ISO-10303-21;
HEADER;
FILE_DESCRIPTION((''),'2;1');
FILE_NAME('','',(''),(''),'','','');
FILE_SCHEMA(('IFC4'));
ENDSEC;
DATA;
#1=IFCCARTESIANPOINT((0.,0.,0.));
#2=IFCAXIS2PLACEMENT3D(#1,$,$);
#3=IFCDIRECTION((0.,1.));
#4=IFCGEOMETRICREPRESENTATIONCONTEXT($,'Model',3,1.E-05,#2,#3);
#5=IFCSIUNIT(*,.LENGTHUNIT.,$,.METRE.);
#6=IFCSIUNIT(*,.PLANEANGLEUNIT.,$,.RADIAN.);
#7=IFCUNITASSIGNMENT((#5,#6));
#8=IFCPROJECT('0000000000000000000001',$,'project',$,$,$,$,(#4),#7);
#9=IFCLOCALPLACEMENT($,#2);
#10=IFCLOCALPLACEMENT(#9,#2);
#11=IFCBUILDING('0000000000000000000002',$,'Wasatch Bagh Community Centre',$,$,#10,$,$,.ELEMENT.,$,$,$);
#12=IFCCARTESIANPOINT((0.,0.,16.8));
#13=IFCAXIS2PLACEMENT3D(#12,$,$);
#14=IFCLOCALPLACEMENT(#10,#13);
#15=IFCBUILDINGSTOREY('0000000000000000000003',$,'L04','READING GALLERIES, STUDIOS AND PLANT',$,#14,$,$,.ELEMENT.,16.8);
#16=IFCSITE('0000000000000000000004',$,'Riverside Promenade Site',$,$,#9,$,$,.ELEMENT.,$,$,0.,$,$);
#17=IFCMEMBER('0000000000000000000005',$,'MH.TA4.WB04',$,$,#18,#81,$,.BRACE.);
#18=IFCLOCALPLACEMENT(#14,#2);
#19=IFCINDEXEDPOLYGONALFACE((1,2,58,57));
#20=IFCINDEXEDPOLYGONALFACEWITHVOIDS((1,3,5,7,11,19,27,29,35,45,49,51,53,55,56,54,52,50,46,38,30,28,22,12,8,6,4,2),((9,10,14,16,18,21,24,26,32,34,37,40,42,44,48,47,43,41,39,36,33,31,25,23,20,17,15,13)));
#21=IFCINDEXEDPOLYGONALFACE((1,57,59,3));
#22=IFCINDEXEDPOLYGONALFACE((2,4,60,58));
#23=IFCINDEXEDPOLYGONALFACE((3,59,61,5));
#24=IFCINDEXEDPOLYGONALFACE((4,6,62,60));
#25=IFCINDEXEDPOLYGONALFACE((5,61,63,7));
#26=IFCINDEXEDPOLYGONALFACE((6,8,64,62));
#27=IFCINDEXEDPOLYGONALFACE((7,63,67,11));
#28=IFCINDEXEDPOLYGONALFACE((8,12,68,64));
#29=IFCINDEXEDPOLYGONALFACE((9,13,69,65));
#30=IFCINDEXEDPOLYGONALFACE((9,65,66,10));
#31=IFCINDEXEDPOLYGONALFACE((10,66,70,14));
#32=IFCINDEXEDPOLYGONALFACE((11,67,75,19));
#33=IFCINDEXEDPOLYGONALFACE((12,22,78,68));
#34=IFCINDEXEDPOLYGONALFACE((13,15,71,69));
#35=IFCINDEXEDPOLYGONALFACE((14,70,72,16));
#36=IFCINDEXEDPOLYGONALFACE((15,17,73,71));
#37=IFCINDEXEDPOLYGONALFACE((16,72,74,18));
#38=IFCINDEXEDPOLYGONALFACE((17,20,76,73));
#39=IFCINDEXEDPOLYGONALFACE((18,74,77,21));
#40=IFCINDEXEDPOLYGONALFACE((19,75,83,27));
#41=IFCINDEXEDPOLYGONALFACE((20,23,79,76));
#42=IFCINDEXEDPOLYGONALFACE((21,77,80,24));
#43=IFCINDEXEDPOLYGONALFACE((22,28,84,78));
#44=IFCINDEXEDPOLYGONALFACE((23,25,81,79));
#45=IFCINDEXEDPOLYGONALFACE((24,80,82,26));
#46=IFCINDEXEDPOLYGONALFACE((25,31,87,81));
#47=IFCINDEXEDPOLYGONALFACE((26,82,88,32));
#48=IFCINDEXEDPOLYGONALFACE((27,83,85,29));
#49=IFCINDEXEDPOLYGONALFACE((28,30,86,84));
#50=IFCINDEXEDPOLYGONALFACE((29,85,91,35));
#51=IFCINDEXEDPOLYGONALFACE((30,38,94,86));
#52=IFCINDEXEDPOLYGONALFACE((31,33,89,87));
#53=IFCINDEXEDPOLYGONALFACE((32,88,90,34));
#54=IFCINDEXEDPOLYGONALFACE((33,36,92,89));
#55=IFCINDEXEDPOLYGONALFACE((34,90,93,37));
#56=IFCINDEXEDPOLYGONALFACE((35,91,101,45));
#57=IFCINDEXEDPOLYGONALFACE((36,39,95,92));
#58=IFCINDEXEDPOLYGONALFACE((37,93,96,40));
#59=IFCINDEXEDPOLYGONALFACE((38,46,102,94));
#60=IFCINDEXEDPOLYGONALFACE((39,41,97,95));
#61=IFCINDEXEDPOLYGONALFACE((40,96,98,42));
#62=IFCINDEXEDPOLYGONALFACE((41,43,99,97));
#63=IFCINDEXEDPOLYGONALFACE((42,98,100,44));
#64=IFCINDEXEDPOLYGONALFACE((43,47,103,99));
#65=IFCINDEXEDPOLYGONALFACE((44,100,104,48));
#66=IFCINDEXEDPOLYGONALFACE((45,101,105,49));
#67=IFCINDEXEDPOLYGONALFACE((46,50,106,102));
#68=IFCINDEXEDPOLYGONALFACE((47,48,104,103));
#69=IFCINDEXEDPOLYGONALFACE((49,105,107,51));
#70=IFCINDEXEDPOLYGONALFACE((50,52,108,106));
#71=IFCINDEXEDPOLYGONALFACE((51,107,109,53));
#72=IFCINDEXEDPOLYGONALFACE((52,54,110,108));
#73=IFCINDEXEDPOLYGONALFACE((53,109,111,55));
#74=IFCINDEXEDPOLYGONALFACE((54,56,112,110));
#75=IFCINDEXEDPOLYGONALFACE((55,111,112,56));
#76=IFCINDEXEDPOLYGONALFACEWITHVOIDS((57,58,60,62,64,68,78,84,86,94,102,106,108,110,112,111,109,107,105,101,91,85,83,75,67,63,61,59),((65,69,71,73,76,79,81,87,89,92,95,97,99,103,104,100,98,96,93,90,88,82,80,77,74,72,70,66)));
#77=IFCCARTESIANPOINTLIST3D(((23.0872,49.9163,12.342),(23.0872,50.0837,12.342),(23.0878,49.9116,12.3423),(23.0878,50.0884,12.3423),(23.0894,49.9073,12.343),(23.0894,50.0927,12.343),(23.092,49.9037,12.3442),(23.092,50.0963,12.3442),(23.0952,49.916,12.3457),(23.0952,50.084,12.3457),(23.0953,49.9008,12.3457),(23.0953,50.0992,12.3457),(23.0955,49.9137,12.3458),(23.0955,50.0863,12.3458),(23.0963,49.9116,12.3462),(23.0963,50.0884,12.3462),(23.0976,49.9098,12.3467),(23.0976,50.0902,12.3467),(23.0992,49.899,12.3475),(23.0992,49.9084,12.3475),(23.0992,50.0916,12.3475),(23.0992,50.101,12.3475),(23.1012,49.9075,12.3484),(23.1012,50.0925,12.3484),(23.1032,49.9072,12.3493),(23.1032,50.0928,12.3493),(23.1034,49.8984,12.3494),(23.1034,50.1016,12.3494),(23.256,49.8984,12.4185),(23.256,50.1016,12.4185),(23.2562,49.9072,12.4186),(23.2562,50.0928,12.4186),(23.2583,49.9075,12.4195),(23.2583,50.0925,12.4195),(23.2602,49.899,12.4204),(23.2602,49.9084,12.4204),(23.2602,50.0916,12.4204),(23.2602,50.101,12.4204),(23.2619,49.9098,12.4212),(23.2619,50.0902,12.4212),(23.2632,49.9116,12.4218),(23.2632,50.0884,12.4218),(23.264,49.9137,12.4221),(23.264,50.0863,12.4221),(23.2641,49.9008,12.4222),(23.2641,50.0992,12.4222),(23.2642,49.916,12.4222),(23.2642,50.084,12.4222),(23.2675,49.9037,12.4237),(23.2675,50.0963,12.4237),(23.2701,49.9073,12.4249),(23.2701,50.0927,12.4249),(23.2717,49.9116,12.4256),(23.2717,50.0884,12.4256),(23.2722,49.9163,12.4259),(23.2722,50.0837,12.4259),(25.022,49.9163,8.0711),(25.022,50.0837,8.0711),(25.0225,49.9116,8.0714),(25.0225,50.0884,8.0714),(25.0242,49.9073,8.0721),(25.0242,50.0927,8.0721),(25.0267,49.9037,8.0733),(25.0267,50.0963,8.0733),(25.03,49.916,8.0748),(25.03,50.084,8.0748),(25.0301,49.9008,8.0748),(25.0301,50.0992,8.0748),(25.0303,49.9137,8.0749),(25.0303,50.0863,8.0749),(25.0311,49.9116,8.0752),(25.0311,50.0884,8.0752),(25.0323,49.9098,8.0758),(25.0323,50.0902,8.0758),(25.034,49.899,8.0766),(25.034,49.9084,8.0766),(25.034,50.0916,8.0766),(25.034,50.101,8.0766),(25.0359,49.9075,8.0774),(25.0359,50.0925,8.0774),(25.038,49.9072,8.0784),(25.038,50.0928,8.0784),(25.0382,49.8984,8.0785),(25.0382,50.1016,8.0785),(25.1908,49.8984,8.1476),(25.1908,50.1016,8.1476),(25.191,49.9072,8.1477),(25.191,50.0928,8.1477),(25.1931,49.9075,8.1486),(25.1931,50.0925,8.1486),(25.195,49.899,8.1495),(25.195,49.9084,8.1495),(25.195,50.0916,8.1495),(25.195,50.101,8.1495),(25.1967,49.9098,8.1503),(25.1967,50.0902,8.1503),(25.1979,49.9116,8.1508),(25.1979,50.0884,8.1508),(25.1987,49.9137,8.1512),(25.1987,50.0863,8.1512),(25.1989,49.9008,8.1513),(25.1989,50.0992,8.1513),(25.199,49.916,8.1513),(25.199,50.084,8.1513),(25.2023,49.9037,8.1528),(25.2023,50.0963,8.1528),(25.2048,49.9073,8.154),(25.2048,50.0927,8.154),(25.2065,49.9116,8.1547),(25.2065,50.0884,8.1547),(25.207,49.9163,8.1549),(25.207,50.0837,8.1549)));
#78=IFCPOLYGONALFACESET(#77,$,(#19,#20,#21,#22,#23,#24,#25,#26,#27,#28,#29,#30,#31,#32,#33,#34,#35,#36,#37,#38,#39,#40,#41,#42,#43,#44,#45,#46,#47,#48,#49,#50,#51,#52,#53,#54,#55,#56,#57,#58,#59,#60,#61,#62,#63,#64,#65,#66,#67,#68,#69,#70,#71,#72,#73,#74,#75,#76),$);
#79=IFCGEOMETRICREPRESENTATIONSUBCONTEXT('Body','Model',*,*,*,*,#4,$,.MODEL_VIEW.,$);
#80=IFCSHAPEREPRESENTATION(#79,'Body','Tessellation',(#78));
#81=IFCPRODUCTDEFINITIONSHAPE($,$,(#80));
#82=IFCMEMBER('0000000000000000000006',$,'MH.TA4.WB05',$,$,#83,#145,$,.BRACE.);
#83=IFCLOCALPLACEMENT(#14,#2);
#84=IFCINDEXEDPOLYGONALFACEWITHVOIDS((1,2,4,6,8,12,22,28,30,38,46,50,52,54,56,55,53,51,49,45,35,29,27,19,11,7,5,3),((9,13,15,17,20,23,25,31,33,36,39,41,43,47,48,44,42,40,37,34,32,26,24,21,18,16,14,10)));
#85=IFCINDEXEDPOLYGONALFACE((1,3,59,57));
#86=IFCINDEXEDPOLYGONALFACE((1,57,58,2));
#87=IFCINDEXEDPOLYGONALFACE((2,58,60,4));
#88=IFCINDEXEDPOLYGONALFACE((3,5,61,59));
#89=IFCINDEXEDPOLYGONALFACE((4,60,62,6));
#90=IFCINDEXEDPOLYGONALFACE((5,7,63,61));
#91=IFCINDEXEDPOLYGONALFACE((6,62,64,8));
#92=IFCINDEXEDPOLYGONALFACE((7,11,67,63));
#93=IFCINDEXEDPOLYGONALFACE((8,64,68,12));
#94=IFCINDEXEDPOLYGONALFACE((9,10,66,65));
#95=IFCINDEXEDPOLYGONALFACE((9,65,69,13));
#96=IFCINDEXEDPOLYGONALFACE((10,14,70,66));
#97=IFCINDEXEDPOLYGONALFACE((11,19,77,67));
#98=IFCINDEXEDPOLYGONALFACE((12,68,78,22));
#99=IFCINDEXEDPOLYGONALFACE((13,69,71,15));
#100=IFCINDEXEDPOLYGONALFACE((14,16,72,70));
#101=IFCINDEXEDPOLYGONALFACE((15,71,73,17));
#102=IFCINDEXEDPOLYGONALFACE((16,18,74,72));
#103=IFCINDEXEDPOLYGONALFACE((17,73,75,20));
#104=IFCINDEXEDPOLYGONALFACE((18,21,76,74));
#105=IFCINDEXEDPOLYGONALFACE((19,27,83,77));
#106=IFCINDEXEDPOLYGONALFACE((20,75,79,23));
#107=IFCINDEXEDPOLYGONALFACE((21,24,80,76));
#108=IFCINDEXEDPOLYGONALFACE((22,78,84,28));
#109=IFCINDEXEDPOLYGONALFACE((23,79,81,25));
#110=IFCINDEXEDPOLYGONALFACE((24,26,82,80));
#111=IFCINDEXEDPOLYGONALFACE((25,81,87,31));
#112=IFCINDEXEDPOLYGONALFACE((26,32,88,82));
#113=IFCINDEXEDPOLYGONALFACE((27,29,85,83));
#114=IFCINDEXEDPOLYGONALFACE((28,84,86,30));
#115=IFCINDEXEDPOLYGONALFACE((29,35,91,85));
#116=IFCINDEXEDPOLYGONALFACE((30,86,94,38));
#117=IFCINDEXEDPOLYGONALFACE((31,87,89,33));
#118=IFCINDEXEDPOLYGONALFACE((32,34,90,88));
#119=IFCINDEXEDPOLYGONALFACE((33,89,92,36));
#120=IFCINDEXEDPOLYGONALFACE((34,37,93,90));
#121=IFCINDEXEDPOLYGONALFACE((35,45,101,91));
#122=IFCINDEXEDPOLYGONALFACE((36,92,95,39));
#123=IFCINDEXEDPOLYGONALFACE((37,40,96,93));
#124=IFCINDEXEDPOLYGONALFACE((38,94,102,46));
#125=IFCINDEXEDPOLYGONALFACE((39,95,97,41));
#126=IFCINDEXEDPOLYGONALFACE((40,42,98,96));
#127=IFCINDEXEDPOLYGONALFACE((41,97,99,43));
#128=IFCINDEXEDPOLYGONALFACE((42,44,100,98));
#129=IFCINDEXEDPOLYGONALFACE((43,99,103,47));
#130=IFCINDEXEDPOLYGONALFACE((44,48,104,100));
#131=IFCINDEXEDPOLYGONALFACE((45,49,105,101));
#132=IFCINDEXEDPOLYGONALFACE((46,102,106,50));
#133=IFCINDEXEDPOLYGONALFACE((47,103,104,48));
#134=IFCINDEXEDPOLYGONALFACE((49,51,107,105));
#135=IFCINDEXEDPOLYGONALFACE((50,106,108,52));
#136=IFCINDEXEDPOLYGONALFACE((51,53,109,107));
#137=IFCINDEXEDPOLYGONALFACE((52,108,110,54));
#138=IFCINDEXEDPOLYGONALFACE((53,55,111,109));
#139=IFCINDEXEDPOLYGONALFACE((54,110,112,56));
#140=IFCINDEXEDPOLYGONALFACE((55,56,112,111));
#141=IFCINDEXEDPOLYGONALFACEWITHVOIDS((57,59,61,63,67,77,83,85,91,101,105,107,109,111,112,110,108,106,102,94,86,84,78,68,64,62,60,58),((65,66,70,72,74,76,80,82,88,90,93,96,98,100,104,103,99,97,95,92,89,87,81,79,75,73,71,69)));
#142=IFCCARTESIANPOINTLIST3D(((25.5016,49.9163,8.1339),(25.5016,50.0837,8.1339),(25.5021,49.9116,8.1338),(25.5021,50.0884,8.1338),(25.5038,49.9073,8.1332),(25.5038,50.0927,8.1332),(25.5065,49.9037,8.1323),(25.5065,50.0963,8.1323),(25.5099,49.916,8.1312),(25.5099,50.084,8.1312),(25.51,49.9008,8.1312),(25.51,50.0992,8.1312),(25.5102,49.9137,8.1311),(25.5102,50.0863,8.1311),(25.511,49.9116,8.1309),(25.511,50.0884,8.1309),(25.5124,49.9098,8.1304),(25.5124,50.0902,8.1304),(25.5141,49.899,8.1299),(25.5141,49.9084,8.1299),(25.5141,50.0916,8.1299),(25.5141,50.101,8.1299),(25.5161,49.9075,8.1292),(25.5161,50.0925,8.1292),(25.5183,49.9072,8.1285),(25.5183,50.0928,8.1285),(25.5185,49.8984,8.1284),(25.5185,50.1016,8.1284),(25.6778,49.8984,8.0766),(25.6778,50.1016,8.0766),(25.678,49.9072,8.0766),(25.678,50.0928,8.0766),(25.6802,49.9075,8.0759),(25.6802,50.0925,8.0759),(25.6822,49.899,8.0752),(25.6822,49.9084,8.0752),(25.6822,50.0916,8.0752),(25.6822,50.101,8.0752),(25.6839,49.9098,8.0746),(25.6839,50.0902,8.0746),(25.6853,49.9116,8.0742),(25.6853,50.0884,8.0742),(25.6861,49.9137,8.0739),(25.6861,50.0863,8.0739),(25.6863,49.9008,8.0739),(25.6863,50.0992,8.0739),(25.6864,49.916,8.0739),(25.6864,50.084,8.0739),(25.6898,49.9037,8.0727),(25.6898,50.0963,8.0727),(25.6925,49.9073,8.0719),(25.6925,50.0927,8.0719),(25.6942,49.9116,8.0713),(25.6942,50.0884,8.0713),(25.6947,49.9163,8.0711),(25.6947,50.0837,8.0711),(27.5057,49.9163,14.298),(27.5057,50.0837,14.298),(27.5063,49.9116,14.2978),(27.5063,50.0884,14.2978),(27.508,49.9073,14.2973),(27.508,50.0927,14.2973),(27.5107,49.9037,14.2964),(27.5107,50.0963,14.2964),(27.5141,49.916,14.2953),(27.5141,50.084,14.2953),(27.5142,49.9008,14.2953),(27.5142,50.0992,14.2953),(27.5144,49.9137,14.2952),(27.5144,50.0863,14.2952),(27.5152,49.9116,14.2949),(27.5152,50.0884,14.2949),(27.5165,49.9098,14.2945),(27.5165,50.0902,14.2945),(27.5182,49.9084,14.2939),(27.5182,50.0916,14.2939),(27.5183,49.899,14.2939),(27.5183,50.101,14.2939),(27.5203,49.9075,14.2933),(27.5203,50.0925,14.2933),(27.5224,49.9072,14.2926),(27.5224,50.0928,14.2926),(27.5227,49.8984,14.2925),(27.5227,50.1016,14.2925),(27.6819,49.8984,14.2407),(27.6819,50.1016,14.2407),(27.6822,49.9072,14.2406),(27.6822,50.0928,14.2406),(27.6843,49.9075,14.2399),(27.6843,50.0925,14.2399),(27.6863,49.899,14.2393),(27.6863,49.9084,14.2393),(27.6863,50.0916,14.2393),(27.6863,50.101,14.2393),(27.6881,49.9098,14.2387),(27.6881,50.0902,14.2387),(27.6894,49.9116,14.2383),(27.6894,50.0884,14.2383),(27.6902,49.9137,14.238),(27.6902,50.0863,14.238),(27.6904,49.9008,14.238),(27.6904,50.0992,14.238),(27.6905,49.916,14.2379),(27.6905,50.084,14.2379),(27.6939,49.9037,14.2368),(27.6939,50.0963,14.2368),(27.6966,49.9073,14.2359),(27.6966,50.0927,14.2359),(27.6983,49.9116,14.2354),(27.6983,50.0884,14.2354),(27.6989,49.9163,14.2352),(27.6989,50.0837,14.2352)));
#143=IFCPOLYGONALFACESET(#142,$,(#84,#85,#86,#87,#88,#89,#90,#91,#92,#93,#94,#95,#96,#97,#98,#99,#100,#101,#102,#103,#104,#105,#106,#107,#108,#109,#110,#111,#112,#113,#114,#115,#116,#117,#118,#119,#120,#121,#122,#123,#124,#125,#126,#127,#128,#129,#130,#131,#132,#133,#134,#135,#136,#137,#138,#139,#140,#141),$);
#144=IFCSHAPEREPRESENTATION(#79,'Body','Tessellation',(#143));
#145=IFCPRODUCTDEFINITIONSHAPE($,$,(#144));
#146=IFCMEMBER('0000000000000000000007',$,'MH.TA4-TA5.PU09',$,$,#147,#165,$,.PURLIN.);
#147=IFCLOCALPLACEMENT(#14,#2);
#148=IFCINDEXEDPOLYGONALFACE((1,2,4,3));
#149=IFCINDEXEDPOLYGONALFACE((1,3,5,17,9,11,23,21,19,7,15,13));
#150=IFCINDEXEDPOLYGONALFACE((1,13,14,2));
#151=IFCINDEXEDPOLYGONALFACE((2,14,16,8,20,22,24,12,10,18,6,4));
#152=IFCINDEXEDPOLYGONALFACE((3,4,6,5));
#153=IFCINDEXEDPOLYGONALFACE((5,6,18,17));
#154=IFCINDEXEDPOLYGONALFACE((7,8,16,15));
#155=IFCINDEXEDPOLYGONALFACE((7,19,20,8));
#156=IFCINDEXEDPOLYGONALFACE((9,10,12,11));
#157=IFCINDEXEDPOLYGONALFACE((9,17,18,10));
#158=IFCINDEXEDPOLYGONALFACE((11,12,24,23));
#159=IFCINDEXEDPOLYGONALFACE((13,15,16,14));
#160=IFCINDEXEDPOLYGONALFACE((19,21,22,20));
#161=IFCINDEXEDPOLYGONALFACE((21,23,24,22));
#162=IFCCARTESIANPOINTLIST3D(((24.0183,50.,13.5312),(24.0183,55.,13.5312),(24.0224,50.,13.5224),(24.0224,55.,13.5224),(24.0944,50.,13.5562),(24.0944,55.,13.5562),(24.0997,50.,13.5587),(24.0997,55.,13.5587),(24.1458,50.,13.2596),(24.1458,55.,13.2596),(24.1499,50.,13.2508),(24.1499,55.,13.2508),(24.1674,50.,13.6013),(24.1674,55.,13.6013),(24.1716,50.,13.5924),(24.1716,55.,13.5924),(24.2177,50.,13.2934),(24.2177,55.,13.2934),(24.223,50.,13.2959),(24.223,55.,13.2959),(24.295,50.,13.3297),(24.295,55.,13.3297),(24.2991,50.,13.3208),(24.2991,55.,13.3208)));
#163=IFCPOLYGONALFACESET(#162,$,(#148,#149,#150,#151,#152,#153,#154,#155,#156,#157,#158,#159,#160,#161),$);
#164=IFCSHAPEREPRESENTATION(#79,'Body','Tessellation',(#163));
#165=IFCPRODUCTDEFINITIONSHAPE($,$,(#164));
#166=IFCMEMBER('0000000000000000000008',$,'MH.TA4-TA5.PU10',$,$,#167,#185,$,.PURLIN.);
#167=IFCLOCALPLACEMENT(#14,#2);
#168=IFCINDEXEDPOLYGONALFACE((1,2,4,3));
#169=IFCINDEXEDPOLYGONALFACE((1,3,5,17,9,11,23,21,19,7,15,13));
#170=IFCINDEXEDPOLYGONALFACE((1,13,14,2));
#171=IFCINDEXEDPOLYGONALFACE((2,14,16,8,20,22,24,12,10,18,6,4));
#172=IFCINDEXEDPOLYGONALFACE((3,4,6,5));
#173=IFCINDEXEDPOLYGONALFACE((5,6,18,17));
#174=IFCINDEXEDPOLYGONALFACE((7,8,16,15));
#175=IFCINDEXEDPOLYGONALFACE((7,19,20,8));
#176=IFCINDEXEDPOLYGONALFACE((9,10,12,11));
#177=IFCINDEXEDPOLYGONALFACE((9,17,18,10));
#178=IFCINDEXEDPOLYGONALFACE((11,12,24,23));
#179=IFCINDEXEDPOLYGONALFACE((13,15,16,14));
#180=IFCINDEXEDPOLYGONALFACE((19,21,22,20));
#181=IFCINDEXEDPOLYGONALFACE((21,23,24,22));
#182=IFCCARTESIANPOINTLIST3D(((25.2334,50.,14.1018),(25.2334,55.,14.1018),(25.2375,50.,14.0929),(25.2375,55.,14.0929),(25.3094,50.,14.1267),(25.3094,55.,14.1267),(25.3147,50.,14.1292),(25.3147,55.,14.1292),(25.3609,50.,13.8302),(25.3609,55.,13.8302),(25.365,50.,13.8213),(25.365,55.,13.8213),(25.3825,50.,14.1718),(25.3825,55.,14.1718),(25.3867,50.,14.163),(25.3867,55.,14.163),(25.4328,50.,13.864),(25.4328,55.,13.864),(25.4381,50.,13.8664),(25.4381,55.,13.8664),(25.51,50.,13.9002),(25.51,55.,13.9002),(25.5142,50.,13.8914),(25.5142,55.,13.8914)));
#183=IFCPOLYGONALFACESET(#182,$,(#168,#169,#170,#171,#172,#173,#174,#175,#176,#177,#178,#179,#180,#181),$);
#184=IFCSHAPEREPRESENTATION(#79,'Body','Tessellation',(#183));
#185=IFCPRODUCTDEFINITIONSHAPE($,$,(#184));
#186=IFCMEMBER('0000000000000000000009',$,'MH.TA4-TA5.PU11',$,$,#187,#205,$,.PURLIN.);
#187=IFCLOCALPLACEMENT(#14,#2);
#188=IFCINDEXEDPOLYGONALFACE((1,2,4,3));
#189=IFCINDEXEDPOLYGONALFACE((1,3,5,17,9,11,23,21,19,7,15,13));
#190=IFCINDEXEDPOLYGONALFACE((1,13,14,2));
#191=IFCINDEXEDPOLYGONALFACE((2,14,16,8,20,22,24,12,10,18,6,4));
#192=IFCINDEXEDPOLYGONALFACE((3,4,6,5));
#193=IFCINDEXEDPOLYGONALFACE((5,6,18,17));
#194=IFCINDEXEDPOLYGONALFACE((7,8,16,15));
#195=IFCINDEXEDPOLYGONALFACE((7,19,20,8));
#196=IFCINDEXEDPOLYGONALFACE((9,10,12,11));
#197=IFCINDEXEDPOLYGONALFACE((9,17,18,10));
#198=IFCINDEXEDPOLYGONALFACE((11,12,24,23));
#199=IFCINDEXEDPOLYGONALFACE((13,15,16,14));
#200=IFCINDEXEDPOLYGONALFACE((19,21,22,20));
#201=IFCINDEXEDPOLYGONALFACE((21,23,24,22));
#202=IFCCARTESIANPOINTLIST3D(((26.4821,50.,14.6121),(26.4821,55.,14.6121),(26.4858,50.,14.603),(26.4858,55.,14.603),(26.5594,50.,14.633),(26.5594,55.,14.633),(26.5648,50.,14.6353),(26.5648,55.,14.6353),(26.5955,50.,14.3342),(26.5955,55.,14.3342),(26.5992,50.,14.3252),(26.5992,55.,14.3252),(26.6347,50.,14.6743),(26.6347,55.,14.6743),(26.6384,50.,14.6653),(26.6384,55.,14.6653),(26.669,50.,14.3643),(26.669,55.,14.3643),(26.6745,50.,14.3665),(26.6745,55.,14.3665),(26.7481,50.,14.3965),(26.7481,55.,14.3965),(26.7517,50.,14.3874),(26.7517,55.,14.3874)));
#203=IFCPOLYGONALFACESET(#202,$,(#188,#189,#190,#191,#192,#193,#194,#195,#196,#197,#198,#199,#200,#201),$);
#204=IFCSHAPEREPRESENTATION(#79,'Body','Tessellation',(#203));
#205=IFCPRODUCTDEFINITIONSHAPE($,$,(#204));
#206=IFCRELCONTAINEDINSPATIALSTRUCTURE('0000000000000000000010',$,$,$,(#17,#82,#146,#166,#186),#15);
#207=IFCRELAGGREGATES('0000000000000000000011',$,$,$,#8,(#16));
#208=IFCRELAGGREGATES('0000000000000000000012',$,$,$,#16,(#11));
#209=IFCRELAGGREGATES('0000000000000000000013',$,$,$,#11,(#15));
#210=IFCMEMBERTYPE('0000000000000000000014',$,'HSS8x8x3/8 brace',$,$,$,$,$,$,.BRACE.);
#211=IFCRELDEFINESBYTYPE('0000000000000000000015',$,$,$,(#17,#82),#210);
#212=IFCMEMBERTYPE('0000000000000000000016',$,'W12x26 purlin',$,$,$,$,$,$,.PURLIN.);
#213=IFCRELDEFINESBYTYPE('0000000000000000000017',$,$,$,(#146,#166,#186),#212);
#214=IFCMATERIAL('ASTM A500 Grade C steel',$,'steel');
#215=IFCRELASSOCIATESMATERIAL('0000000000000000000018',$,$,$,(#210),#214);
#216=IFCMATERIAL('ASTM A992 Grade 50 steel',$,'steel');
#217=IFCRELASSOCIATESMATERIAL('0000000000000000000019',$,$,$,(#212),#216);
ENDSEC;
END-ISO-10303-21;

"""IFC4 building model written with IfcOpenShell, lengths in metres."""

from ifc_helpers import new_model, si_unit, direction, frame, origin, origin_2d, place, context, subcontext, project, spatial, hollow_rectangle, i_section, extrude, material, material_profile, profile_set, type_object, element, save


model = new_model("IFC4")

# Units and contexts
model_context = context("Model", 3, precision=1e-05, world=origin(), true_north=direction((0.0, 1.0)))
body_context = subcontext(model_context, "Body", "Model", "MODEL_VIEW")
ifc_project = project(units=[si_unit("LENGTHUNIT", "METRE"), si_unit("PLANEANGLEUNIT", "RADIAN")], contexts=[model_context])

# Site, building, storey
site_placement = place(None, origin())
site = spatial("IfcSite", under=ifc_project, at=site_placement, Name="Riverside Promenade Site", CompositionType="ELEMENT", RefElevation=0.0)
building_placement = place(site_placement, origin())
building = spatial("IfcBuilding", under=site, at=building_placement, Name="Wasatch Bagh Community Centre", CompositionType="ELEMENT")
storey_placement = place(building_placement, frame((0.0, 0.0, 16.8)))
storey = spatial("IfcBuildingStorey", under=building, at=storey_placement, Name="L04", Description="READING GALLERIES, STUDIOS AND PLANT", CompositionType="ELEMENT", Elevation=16.8)

# Members
ifc_material_1 = material(Name="ASTM A500 Grade C steel", Category="steel")
ifc_material_profile_1 = material_profile(ifc_material_1, hollow_rectangle(XDim=0.2031, YDim=0.2031, WallThickness=0.0088, InnerFilletRadius=0.0088, OuterFilletRadius=0.0178, at=origin_2d()), Name="HSS8x8x3/8")
ifc_profile_set_1 = profile_set([ifc_material_profile_1], Name="ASTM A500 Grade C steel")
member_type_1 = type_object("IfcMemberType", Name="HSS8x8x3/8 brace", PredefinedType="BRACE", material=ifc_profile_set_1)
member_1_placement = place(storey_placement, frame((25.1145, 50.0, 8.113), z_axis=(-0.412645, 0.0, 0.910892), x_axis=(0.0, -1.0, 0.0)))
element("IfcMember", 1, at=member_1_placement, inside=storey, type_object=member_type_1, Name="MH.TA4.WB04", PredefinedType="BRACE", context=body_context, shape_type="SweptSolid", body=[
    extrude(hollow_rectangle(XDim=0.2031, YDim=0.2031, WallThickness=0.0088, InnerFilletRadius=0.0088, OuterFilletRadius=0.0178, at=origin_2d()), origin(), (0.0, 0.0, 1.0), 4.6887),
])
member_2_placement = place(storey_placement, frame((25.5981, 50.0, 8.1025), z_axis=(0.309202, 0.0, 0.950996), x_axis=(0.0, 1.0, 0.0)))
element("IfcMember", 2, at=member_2_placement, inside=storey, type_object=member_type_1, Name="MH.TA4.WB05", PredefinedType="BRACE", context=body_context, shape_type="SweptSolid", body=[
    extrude(hollow_rectangle(XDim=0.2031, YDim=0.2031, WallThickness=0.0088, InnerFilletRadius=0.0088, OuterFilletRadius=0.0178, at=origin_2d()), origin(), (0.0, 0.0, 1.0), 6.4817),
])
ifc_material_2 = material(Name="ASTM A992 Grade 50 steel", Category="steel")
ifc_material_profile_2 = material_profile(ifc_material_2, i_section(OverallWidth=0.1648, OverallDepth=0.3098, WebThickness=0.0059, FlangeThickness=0.0098, at=origin_2d()), Name="W12x26")
ifc_profile_set_2 = profile_set([ifc_material_profile_2], Name="ASTM A992 Grade 50 steel")
member_type_2 = type_object("IfcMemberType", Name="W12x26 purlin", PredefinedType="PURLIN", material=ifc_profile_set_2)
for number, where, z_axis, x_axis, name in (
    (3, (24.1587, 50.0, 13.426), (0.0, 1.0, 0.0), (-0.905205, 0.0, -0.424976), "MH.TA4-TA5.PU09"),
    (4, (25.3738, 50.0, 13.9966), (0.0, 1.0, 0.0), (-0.905205, 0.0, -0.424976), "MH.TA4-TA5.PU10"),
    (5, (26.6169, 50.0, 14.4998), (0.0, 1.0, 0.0), (-0.925934, 0.0, -0.377686), "MH.TA4-TA5.PU11"),
):
    element("IfcMember", number, at=place(storey_placement, frame(where, z_axis=z_axis, x_axis=x_axis)), inside=storey, type_object=member_type_2, Name=name, PredefinedType="PURLIN", context=body_context, shape_type="SweptSolid", body=[
        extrude(i_section(OverallWidth=0.1648, OverallDepth=0.3098, WebThickness=0.0059, FlangeThickness=0.0098, at=origin_2d()), origin(), (0.0, 0.0, 1.0), 5.0),
    ])

save(model, "model.ifc")
